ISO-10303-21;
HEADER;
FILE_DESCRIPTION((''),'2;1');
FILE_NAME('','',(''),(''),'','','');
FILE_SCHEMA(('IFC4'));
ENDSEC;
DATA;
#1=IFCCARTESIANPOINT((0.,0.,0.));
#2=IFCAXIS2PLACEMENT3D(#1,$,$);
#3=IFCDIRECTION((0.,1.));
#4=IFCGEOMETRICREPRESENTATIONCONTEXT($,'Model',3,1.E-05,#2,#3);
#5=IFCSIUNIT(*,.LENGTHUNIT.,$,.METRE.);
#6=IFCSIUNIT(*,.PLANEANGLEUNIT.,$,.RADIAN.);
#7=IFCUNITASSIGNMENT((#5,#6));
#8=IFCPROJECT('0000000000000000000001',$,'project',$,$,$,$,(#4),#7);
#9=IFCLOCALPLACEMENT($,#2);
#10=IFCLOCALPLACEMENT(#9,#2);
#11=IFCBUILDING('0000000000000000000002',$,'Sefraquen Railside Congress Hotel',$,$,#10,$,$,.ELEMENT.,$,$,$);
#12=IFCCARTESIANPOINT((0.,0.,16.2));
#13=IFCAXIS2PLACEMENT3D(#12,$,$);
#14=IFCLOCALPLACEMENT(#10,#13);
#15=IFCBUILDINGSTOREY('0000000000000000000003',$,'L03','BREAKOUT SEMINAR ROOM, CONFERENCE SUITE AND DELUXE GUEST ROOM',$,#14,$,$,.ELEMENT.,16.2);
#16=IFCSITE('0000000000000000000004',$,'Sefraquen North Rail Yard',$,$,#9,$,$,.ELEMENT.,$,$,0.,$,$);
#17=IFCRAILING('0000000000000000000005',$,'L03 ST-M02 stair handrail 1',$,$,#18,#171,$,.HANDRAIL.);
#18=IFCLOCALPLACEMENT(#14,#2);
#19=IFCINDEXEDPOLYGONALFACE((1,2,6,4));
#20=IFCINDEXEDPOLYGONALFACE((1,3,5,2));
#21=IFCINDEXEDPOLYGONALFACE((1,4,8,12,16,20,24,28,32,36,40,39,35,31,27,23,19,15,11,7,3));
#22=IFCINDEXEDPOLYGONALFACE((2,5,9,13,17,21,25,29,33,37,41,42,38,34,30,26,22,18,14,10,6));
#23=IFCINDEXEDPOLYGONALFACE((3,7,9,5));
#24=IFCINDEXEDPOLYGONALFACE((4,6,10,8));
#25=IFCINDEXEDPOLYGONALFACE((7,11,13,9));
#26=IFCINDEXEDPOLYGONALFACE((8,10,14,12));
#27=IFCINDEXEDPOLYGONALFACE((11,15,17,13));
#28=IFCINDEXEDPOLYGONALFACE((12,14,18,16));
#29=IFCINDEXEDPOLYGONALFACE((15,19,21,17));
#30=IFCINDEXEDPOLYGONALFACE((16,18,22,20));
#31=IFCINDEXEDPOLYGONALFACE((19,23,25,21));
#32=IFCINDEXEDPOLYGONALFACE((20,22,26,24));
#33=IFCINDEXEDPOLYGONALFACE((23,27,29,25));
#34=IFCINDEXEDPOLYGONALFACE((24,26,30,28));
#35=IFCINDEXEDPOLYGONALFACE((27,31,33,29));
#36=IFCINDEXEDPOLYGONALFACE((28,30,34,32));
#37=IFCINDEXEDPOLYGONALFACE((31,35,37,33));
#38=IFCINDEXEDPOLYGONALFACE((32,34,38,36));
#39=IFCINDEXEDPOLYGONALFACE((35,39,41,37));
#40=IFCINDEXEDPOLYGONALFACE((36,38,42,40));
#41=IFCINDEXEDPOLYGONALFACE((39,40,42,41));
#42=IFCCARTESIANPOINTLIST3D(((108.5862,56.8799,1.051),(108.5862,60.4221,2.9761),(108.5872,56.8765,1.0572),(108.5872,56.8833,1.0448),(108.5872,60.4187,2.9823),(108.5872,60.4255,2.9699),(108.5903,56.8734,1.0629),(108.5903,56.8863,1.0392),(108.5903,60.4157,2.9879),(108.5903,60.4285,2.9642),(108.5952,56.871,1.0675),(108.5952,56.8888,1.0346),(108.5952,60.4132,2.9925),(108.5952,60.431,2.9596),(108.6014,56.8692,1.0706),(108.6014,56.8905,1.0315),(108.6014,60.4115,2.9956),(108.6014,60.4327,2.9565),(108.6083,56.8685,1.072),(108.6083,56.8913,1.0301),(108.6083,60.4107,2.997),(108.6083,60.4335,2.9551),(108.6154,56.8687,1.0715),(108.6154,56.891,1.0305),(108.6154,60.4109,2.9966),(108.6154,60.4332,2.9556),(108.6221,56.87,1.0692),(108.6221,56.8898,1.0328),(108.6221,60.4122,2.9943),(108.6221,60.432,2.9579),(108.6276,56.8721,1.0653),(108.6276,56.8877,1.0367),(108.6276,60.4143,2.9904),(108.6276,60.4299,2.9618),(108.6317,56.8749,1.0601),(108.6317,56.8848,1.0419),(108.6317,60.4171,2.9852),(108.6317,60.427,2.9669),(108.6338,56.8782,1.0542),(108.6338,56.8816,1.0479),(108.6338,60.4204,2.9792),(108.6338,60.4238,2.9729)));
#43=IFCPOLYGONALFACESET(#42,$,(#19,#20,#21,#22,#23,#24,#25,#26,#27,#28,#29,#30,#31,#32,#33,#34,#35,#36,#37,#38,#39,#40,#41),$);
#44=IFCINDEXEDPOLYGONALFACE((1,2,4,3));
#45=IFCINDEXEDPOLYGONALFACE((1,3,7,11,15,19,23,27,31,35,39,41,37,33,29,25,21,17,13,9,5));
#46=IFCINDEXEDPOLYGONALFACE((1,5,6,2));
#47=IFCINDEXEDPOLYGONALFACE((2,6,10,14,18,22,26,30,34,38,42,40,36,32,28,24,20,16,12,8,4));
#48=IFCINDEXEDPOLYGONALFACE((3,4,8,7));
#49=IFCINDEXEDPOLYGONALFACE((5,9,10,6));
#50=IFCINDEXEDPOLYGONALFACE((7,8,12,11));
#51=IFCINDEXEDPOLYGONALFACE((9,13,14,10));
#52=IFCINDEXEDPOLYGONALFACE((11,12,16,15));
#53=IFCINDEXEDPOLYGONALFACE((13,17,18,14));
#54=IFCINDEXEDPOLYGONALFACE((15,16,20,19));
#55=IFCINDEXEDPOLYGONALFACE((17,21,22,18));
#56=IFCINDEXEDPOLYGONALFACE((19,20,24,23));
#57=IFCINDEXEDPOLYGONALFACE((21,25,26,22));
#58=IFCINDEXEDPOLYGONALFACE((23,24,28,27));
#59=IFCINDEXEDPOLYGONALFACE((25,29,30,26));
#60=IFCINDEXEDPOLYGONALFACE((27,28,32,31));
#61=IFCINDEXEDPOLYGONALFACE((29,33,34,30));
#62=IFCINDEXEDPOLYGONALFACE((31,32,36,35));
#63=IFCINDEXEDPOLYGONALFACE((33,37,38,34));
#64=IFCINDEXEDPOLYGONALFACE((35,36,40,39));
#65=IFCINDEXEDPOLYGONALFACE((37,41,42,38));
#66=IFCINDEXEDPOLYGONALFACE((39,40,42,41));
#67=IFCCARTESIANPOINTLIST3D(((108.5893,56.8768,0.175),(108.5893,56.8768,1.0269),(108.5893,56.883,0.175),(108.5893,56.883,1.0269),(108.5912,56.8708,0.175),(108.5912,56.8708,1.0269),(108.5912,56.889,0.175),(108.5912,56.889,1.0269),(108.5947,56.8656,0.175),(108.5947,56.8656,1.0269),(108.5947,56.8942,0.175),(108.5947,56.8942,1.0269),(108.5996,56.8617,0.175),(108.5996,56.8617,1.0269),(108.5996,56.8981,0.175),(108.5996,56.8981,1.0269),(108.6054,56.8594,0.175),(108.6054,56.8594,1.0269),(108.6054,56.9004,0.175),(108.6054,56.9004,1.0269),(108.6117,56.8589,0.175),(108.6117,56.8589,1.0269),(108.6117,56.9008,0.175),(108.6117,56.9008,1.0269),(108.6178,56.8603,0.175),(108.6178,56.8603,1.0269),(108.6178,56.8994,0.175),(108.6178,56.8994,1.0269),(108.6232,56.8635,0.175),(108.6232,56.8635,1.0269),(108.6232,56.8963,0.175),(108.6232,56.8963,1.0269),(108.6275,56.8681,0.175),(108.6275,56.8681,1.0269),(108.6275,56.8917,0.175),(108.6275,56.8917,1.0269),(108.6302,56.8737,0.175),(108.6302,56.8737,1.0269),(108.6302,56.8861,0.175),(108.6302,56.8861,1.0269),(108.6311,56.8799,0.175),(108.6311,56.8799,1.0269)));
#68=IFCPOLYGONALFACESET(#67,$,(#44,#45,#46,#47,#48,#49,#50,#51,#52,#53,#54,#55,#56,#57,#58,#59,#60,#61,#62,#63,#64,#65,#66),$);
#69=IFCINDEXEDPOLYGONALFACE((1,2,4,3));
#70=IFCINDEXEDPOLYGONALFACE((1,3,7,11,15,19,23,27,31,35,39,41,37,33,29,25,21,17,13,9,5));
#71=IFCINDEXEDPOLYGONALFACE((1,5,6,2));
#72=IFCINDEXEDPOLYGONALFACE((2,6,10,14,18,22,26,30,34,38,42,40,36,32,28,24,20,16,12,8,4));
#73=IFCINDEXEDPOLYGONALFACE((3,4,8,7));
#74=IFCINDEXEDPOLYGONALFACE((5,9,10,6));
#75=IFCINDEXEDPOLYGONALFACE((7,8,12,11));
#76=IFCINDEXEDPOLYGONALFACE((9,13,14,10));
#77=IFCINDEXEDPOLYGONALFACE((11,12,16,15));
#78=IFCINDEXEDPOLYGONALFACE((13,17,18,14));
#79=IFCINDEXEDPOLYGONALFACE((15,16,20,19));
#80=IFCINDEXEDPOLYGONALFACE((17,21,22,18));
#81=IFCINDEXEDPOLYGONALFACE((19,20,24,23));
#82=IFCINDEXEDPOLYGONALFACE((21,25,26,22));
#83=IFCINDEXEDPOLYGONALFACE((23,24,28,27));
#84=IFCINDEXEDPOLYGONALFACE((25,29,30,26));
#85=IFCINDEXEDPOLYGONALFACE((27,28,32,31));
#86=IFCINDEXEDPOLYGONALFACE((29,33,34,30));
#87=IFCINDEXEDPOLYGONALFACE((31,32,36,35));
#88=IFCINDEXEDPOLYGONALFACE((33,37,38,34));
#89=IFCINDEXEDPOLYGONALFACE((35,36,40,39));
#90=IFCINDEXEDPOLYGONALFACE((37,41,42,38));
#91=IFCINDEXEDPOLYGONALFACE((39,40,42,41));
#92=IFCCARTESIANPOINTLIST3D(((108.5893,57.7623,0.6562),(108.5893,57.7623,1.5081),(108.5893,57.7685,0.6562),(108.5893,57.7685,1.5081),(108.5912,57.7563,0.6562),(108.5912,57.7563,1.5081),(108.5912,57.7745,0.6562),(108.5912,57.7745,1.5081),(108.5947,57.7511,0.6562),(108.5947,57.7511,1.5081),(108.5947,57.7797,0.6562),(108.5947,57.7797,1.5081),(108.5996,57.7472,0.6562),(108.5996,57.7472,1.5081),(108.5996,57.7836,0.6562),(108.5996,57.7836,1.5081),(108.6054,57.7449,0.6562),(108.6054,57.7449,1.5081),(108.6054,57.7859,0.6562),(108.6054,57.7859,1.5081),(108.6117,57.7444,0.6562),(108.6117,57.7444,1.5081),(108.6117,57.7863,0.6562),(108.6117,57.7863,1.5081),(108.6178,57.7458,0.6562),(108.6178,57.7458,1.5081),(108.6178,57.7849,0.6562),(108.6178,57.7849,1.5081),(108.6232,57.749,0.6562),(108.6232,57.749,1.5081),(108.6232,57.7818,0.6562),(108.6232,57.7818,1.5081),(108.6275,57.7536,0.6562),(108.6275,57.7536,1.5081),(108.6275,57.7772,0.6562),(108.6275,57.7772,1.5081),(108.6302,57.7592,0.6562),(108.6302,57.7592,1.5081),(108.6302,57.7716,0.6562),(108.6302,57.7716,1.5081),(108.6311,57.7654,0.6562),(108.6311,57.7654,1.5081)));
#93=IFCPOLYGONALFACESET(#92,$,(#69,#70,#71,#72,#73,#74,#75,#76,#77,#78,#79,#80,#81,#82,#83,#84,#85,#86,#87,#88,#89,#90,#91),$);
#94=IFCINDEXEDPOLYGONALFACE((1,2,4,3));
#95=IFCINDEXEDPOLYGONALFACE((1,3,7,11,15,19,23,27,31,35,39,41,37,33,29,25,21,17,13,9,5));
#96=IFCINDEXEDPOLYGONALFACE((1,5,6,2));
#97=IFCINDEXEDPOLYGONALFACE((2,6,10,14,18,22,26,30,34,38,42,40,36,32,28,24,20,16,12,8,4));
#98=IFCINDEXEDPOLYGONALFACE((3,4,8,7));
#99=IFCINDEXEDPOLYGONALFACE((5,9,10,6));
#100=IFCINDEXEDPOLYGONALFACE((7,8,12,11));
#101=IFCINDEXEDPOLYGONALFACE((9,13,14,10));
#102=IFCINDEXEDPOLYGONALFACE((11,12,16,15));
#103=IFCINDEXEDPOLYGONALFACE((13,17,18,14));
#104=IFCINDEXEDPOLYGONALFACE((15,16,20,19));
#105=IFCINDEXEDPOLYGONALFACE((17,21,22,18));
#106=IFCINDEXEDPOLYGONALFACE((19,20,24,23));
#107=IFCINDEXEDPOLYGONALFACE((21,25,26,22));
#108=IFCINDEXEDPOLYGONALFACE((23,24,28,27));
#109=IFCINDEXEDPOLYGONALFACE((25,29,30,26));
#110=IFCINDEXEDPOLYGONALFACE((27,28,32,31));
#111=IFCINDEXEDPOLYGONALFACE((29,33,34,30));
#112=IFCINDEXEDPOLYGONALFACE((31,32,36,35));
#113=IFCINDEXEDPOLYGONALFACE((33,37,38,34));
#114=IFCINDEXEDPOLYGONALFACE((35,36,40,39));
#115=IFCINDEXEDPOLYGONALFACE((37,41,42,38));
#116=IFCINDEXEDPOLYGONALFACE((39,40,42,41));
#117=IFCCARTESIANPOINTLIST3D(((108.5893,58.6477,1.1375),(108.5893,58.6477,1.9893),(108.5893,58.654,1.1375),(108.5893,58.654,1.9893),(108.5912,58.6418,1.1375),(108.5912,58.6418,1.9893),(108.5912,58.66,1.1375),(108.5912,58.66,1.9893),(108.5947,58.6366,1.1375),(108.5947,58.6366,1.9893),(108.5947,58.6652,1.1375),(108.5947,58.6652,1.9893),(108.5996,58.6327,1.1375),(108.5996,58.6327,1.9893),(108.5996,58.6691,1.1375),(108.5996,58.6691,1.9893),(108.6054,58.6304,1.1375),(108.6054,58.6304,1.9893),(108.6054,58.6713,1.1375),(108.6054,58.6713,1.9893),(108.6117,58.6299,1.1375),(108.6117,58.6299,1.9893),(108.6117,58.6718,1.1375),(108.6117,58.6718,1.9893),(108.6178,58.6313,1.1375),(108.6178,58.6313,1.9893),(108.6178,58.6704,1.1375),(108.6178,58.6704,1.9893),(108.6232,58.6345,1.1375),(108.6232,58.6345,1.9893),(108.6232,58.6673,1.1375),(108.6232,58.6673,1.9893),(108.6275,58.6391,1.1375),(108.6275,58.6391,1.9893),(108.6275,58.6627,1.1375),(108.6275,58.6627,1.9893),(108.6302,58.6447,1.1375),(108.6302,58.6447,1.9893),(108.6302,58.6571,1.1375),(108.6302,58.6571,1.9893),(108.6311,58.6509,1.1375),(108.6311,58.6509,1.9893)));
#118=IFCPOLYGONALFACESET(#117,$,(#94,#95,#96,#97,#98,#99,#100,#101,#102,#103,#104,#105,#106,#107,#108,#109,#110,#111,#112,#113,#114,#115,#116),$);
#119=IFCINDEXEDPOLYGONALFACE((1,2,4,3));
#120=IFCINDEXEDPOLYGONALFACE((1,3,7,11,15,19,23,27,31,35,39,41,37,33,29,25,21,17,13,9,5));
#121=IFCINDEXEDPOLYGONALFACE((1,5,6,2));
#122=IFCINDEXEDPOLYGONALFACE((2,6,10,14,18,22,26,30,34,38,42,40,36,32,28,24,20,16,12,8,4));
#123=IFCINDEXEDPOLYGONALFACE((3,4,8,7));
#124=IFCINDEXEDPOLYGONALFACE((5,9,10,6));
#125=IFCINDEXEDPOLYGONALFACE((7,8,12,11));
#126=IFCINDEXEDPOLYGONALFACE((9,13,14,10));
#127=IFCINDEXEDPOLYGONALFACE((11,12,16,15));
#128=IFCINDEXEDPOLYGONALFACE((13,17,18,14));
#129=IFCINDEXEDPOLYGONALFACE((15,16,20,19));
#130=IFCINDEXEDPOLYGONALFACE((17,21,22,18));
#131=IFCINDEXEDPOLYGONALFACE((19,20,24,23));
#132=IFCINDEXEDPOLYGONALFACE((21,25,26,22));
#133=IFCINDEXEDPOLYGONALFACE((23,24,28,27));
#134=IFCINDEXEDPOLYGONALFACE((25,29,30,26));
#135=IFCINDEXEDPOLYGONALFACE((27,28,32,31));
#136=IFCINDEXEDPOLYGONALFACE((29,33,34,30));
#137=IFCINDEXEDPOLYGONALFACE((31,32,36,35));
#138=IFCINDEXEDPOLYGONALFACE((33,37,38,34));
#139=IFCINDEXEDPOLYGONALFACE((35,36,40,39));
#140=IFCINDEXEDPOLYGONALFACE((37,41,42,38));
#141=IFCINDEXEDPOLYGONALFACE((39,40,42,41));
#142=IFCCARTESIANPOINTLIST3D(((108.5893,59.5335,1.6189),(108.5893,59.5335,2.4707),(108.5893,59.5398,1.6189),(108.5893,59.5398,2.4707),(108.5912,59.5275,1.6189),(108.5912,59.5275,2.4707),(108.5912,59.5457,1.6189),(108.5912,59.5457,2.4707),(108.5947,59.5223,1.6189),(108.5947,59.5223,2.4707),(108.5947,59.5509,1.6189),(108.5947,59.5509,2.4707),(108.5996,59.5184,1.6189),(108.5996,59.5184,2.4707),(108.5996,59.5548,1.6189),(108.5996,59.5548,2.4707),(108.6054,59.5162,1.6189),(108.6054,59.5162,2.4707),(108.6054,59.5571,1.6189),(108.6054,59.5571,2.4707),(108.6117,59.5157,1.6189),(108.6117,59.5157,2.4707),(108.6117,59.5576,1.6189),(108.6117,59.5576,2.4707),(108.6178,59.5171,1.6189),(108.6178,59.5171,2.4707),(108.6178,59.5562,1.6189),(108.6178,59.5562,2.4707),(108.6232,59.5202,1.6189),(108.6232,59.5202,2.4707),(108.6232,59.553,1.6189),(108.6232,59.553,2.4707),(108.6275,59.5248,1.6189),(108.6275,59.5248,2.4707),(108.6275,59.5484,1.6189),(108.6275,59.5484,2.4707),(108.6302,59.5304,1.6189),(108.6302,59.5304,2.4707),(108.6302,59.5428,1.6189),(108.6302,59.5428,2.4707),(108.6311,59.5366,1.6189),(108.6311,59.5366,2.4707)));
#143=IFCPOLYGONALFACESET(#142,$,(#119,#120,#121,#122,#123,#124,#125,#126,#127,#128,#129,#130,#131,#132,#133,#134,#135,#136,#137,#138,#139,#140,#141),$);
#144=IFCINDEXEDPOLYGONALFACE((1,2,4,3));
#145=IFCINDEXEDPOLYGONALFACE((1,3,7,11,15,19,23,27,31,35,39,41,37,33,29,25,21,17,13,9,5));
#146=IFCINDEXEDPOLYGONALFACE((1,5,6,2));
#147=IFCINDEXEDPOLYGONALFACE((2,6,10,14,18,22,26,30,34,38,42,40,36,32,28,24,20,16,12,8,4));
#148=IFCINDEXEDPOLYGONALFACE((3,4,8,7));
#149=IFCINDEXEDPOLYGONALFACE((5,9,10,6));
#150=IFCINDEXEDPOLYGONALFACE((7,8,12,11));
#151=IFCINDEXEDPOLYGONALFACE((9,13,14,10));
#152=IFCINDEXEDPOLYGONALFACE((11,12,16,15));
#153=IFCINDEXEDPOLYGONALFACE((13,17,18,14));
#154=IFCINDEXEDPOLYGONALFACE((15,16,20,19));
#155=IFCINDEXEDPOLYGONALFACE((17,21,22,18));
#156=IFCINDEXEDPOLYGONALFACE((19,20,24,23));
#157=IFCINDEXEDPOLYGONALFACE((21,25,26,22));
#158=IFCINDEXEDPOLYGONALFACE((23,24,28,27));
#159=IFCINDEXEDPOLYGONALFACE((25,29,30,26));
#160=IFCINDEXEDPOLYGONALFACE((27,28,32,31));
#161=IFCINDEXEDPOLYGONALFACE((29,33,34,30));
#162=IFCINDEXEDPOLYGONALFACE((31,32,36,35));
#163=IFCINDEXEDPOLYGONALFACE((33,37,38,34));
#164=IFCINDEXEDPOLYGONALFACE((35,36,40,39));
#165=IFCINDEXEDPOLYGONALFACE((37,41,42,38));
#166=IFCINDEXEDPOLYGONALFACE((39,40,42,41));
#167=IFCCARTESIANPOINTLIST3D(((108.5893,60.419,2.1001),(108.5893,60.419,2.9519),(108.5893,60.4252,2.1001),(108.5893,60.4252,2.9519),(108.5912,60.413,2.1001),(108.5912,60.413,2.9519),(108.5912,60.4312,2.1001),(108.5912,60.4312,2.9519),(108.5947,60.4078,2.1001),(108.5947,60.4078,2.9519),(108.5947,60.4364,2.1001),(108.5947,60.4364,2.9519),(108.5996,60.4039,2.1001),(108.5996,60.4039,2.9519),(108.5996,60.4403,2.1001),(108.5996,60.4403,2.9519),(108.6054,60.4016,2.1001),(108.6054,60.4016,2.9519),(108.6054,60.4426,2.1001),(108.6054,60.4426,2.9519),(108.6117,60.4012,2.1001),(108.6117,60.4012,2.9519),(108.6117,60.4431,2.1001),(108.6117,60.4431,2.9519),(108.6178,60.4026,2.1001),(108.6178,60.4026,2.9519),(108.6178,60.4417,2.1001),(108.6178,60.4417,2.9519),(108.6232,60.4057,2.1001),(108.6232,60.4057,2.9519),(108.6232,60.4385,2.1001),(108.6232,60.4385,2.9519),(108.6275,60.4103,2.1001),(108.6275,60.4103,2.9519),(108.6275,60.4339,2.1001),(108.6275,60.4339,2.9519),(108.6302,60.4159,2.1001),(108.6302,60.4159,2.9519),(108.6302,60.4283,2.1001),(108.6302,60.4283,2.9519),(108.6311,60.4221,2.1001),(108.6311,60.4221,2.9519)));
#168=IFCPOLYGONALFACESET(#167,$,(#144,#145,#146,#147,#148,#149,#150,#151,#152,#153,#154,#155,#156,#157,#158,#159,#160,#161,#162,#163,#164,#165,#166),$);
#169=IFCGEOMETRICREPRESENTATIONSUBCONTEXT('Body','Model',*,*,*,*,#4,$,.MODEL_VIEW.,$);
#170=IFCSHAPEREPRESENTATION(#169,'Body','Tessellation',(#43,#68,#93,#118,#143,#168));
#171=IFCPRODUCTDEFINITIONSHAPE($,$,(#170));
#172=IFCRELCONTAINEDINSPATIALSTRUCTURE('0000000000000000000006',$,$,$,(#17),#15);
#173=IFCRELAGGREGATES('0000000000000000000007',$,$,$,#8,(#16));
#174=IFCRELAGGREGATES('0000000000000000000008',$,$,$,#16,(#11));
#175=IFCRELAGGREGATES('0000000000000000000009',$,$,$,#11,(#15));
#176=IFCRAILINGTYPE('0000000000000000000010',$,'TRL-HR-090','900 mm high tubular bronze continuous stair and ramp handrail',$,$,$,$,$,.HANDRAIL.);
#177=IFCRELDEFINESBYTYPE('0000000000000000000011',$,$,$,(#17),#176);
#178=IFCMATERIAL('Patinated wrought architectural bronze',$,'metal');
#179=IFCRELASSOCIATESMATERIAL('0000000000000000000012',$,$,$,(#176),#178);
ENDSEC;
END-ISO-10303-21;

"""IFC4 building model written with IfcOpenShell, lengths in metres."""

from ifc_helpers import new_model, si_unit, direction, frame, origin, origin_2d, place, context, subcontext, project, spatial, circle, extrude, material, type_object, element, save


model = new_model("IFC4")

# Units and contexts
model_context = context("Model", 3, precision=1e-05, world=origin(), true_north=direction((0.0, 1.0)))
body_context = subcontext(model_context, "Body", "Model", "MODEL_VIEW")
ifc_project = project(units=[si_unit("LENGTHUNIT", "METRE"), si_unit("PLANEANGLEUNIT", "RADIAN")], contexts=[model_context])

# Site, building, storey
site_placement = place(None, origin())
site = spatial("IfcSite", under=ifc_project, at=site_placement, Name="Sefraquen North Rail Yard", CompositionType="ELEMENT", RefElevation=0.0)
building_placement = place(site_placement, origin())
building = spatial("IfcBuilding", under=site, at=building_placement, Name="Sefraquen Railside Congress Hotel", CompositionType="ELEMENT")
storey_placement = place(building_placement, frame((0.0, 0.0, 16.2)))
storey = spatial("IfcBuildingStorey", under=building, at=storey_placement, Name="L03", Description="BREAKOUT SEMINAR ROOM, CONFERENCE SUITE AND DELUXE GUEST ROOM", CompositionType="ELEMENT", Elevation=16.2)

# Railing
ifc_material_1 = material(Name="Patinated wrought architectural bronze", Category="metal")
railing_type_1 = type_object("IfcRailingType", Name="TRL-HR-090", Description="900 mm high tubular bronze continuous stair and ramp handrail", PredefinedType="HANDRAIL", material=ifc_material_1)
railing_1_placement = place(storey_placement, frame((108.6101, 56.8799, 0.175)))
element("IfcRailing", 1, at=railing_1_placement, inside=storey, type_object=railing_type_1, Name="L03 ST-M02 stair handrail 1", PredefinedType="HANDRAIL", context=body_context, shape_type="SweptSolid", body=[
    extrude(circle(Radius=0.0239, at=origin_2d()), frame((0.0, 0.0, 0.876), z_axis=(0.0, 0.878633, 0.477498), x_axis=(-1.0, 0.0, 0.0)), (0.0, 0.0, 1.0), 4.0315),
    extrude(circle(Radius=0.021, at=origin_2d()), origin(), (0.0, 0.0, 1.0), 0.8518),
    extrude(circle(Radius=0.021, at=origin_2d()), frame((0.0, 0.8855, 0.4812)), (0.0, 0.0, 1.0), 0.8518),
    extrude(circle(Radius=0.021, at=origin_2d()), frame((0.0, 1.771, 0.9624)), (0.0, 0.0, 1.0), 0.8518),
    extrude(circle(Radius=0.021, at=origin_2d()), frame((0.0, 2.6567, 1.4438)), (0.0, 0.0, 1.0), 0.8518),
    extrude(circle(Radius=0.021, at=origin_2d()), frame((0.0, 3.5422, 1.925)), (0.0, 0.0, 1.0), 0.8518),
])

save(model, "model.ifc")
